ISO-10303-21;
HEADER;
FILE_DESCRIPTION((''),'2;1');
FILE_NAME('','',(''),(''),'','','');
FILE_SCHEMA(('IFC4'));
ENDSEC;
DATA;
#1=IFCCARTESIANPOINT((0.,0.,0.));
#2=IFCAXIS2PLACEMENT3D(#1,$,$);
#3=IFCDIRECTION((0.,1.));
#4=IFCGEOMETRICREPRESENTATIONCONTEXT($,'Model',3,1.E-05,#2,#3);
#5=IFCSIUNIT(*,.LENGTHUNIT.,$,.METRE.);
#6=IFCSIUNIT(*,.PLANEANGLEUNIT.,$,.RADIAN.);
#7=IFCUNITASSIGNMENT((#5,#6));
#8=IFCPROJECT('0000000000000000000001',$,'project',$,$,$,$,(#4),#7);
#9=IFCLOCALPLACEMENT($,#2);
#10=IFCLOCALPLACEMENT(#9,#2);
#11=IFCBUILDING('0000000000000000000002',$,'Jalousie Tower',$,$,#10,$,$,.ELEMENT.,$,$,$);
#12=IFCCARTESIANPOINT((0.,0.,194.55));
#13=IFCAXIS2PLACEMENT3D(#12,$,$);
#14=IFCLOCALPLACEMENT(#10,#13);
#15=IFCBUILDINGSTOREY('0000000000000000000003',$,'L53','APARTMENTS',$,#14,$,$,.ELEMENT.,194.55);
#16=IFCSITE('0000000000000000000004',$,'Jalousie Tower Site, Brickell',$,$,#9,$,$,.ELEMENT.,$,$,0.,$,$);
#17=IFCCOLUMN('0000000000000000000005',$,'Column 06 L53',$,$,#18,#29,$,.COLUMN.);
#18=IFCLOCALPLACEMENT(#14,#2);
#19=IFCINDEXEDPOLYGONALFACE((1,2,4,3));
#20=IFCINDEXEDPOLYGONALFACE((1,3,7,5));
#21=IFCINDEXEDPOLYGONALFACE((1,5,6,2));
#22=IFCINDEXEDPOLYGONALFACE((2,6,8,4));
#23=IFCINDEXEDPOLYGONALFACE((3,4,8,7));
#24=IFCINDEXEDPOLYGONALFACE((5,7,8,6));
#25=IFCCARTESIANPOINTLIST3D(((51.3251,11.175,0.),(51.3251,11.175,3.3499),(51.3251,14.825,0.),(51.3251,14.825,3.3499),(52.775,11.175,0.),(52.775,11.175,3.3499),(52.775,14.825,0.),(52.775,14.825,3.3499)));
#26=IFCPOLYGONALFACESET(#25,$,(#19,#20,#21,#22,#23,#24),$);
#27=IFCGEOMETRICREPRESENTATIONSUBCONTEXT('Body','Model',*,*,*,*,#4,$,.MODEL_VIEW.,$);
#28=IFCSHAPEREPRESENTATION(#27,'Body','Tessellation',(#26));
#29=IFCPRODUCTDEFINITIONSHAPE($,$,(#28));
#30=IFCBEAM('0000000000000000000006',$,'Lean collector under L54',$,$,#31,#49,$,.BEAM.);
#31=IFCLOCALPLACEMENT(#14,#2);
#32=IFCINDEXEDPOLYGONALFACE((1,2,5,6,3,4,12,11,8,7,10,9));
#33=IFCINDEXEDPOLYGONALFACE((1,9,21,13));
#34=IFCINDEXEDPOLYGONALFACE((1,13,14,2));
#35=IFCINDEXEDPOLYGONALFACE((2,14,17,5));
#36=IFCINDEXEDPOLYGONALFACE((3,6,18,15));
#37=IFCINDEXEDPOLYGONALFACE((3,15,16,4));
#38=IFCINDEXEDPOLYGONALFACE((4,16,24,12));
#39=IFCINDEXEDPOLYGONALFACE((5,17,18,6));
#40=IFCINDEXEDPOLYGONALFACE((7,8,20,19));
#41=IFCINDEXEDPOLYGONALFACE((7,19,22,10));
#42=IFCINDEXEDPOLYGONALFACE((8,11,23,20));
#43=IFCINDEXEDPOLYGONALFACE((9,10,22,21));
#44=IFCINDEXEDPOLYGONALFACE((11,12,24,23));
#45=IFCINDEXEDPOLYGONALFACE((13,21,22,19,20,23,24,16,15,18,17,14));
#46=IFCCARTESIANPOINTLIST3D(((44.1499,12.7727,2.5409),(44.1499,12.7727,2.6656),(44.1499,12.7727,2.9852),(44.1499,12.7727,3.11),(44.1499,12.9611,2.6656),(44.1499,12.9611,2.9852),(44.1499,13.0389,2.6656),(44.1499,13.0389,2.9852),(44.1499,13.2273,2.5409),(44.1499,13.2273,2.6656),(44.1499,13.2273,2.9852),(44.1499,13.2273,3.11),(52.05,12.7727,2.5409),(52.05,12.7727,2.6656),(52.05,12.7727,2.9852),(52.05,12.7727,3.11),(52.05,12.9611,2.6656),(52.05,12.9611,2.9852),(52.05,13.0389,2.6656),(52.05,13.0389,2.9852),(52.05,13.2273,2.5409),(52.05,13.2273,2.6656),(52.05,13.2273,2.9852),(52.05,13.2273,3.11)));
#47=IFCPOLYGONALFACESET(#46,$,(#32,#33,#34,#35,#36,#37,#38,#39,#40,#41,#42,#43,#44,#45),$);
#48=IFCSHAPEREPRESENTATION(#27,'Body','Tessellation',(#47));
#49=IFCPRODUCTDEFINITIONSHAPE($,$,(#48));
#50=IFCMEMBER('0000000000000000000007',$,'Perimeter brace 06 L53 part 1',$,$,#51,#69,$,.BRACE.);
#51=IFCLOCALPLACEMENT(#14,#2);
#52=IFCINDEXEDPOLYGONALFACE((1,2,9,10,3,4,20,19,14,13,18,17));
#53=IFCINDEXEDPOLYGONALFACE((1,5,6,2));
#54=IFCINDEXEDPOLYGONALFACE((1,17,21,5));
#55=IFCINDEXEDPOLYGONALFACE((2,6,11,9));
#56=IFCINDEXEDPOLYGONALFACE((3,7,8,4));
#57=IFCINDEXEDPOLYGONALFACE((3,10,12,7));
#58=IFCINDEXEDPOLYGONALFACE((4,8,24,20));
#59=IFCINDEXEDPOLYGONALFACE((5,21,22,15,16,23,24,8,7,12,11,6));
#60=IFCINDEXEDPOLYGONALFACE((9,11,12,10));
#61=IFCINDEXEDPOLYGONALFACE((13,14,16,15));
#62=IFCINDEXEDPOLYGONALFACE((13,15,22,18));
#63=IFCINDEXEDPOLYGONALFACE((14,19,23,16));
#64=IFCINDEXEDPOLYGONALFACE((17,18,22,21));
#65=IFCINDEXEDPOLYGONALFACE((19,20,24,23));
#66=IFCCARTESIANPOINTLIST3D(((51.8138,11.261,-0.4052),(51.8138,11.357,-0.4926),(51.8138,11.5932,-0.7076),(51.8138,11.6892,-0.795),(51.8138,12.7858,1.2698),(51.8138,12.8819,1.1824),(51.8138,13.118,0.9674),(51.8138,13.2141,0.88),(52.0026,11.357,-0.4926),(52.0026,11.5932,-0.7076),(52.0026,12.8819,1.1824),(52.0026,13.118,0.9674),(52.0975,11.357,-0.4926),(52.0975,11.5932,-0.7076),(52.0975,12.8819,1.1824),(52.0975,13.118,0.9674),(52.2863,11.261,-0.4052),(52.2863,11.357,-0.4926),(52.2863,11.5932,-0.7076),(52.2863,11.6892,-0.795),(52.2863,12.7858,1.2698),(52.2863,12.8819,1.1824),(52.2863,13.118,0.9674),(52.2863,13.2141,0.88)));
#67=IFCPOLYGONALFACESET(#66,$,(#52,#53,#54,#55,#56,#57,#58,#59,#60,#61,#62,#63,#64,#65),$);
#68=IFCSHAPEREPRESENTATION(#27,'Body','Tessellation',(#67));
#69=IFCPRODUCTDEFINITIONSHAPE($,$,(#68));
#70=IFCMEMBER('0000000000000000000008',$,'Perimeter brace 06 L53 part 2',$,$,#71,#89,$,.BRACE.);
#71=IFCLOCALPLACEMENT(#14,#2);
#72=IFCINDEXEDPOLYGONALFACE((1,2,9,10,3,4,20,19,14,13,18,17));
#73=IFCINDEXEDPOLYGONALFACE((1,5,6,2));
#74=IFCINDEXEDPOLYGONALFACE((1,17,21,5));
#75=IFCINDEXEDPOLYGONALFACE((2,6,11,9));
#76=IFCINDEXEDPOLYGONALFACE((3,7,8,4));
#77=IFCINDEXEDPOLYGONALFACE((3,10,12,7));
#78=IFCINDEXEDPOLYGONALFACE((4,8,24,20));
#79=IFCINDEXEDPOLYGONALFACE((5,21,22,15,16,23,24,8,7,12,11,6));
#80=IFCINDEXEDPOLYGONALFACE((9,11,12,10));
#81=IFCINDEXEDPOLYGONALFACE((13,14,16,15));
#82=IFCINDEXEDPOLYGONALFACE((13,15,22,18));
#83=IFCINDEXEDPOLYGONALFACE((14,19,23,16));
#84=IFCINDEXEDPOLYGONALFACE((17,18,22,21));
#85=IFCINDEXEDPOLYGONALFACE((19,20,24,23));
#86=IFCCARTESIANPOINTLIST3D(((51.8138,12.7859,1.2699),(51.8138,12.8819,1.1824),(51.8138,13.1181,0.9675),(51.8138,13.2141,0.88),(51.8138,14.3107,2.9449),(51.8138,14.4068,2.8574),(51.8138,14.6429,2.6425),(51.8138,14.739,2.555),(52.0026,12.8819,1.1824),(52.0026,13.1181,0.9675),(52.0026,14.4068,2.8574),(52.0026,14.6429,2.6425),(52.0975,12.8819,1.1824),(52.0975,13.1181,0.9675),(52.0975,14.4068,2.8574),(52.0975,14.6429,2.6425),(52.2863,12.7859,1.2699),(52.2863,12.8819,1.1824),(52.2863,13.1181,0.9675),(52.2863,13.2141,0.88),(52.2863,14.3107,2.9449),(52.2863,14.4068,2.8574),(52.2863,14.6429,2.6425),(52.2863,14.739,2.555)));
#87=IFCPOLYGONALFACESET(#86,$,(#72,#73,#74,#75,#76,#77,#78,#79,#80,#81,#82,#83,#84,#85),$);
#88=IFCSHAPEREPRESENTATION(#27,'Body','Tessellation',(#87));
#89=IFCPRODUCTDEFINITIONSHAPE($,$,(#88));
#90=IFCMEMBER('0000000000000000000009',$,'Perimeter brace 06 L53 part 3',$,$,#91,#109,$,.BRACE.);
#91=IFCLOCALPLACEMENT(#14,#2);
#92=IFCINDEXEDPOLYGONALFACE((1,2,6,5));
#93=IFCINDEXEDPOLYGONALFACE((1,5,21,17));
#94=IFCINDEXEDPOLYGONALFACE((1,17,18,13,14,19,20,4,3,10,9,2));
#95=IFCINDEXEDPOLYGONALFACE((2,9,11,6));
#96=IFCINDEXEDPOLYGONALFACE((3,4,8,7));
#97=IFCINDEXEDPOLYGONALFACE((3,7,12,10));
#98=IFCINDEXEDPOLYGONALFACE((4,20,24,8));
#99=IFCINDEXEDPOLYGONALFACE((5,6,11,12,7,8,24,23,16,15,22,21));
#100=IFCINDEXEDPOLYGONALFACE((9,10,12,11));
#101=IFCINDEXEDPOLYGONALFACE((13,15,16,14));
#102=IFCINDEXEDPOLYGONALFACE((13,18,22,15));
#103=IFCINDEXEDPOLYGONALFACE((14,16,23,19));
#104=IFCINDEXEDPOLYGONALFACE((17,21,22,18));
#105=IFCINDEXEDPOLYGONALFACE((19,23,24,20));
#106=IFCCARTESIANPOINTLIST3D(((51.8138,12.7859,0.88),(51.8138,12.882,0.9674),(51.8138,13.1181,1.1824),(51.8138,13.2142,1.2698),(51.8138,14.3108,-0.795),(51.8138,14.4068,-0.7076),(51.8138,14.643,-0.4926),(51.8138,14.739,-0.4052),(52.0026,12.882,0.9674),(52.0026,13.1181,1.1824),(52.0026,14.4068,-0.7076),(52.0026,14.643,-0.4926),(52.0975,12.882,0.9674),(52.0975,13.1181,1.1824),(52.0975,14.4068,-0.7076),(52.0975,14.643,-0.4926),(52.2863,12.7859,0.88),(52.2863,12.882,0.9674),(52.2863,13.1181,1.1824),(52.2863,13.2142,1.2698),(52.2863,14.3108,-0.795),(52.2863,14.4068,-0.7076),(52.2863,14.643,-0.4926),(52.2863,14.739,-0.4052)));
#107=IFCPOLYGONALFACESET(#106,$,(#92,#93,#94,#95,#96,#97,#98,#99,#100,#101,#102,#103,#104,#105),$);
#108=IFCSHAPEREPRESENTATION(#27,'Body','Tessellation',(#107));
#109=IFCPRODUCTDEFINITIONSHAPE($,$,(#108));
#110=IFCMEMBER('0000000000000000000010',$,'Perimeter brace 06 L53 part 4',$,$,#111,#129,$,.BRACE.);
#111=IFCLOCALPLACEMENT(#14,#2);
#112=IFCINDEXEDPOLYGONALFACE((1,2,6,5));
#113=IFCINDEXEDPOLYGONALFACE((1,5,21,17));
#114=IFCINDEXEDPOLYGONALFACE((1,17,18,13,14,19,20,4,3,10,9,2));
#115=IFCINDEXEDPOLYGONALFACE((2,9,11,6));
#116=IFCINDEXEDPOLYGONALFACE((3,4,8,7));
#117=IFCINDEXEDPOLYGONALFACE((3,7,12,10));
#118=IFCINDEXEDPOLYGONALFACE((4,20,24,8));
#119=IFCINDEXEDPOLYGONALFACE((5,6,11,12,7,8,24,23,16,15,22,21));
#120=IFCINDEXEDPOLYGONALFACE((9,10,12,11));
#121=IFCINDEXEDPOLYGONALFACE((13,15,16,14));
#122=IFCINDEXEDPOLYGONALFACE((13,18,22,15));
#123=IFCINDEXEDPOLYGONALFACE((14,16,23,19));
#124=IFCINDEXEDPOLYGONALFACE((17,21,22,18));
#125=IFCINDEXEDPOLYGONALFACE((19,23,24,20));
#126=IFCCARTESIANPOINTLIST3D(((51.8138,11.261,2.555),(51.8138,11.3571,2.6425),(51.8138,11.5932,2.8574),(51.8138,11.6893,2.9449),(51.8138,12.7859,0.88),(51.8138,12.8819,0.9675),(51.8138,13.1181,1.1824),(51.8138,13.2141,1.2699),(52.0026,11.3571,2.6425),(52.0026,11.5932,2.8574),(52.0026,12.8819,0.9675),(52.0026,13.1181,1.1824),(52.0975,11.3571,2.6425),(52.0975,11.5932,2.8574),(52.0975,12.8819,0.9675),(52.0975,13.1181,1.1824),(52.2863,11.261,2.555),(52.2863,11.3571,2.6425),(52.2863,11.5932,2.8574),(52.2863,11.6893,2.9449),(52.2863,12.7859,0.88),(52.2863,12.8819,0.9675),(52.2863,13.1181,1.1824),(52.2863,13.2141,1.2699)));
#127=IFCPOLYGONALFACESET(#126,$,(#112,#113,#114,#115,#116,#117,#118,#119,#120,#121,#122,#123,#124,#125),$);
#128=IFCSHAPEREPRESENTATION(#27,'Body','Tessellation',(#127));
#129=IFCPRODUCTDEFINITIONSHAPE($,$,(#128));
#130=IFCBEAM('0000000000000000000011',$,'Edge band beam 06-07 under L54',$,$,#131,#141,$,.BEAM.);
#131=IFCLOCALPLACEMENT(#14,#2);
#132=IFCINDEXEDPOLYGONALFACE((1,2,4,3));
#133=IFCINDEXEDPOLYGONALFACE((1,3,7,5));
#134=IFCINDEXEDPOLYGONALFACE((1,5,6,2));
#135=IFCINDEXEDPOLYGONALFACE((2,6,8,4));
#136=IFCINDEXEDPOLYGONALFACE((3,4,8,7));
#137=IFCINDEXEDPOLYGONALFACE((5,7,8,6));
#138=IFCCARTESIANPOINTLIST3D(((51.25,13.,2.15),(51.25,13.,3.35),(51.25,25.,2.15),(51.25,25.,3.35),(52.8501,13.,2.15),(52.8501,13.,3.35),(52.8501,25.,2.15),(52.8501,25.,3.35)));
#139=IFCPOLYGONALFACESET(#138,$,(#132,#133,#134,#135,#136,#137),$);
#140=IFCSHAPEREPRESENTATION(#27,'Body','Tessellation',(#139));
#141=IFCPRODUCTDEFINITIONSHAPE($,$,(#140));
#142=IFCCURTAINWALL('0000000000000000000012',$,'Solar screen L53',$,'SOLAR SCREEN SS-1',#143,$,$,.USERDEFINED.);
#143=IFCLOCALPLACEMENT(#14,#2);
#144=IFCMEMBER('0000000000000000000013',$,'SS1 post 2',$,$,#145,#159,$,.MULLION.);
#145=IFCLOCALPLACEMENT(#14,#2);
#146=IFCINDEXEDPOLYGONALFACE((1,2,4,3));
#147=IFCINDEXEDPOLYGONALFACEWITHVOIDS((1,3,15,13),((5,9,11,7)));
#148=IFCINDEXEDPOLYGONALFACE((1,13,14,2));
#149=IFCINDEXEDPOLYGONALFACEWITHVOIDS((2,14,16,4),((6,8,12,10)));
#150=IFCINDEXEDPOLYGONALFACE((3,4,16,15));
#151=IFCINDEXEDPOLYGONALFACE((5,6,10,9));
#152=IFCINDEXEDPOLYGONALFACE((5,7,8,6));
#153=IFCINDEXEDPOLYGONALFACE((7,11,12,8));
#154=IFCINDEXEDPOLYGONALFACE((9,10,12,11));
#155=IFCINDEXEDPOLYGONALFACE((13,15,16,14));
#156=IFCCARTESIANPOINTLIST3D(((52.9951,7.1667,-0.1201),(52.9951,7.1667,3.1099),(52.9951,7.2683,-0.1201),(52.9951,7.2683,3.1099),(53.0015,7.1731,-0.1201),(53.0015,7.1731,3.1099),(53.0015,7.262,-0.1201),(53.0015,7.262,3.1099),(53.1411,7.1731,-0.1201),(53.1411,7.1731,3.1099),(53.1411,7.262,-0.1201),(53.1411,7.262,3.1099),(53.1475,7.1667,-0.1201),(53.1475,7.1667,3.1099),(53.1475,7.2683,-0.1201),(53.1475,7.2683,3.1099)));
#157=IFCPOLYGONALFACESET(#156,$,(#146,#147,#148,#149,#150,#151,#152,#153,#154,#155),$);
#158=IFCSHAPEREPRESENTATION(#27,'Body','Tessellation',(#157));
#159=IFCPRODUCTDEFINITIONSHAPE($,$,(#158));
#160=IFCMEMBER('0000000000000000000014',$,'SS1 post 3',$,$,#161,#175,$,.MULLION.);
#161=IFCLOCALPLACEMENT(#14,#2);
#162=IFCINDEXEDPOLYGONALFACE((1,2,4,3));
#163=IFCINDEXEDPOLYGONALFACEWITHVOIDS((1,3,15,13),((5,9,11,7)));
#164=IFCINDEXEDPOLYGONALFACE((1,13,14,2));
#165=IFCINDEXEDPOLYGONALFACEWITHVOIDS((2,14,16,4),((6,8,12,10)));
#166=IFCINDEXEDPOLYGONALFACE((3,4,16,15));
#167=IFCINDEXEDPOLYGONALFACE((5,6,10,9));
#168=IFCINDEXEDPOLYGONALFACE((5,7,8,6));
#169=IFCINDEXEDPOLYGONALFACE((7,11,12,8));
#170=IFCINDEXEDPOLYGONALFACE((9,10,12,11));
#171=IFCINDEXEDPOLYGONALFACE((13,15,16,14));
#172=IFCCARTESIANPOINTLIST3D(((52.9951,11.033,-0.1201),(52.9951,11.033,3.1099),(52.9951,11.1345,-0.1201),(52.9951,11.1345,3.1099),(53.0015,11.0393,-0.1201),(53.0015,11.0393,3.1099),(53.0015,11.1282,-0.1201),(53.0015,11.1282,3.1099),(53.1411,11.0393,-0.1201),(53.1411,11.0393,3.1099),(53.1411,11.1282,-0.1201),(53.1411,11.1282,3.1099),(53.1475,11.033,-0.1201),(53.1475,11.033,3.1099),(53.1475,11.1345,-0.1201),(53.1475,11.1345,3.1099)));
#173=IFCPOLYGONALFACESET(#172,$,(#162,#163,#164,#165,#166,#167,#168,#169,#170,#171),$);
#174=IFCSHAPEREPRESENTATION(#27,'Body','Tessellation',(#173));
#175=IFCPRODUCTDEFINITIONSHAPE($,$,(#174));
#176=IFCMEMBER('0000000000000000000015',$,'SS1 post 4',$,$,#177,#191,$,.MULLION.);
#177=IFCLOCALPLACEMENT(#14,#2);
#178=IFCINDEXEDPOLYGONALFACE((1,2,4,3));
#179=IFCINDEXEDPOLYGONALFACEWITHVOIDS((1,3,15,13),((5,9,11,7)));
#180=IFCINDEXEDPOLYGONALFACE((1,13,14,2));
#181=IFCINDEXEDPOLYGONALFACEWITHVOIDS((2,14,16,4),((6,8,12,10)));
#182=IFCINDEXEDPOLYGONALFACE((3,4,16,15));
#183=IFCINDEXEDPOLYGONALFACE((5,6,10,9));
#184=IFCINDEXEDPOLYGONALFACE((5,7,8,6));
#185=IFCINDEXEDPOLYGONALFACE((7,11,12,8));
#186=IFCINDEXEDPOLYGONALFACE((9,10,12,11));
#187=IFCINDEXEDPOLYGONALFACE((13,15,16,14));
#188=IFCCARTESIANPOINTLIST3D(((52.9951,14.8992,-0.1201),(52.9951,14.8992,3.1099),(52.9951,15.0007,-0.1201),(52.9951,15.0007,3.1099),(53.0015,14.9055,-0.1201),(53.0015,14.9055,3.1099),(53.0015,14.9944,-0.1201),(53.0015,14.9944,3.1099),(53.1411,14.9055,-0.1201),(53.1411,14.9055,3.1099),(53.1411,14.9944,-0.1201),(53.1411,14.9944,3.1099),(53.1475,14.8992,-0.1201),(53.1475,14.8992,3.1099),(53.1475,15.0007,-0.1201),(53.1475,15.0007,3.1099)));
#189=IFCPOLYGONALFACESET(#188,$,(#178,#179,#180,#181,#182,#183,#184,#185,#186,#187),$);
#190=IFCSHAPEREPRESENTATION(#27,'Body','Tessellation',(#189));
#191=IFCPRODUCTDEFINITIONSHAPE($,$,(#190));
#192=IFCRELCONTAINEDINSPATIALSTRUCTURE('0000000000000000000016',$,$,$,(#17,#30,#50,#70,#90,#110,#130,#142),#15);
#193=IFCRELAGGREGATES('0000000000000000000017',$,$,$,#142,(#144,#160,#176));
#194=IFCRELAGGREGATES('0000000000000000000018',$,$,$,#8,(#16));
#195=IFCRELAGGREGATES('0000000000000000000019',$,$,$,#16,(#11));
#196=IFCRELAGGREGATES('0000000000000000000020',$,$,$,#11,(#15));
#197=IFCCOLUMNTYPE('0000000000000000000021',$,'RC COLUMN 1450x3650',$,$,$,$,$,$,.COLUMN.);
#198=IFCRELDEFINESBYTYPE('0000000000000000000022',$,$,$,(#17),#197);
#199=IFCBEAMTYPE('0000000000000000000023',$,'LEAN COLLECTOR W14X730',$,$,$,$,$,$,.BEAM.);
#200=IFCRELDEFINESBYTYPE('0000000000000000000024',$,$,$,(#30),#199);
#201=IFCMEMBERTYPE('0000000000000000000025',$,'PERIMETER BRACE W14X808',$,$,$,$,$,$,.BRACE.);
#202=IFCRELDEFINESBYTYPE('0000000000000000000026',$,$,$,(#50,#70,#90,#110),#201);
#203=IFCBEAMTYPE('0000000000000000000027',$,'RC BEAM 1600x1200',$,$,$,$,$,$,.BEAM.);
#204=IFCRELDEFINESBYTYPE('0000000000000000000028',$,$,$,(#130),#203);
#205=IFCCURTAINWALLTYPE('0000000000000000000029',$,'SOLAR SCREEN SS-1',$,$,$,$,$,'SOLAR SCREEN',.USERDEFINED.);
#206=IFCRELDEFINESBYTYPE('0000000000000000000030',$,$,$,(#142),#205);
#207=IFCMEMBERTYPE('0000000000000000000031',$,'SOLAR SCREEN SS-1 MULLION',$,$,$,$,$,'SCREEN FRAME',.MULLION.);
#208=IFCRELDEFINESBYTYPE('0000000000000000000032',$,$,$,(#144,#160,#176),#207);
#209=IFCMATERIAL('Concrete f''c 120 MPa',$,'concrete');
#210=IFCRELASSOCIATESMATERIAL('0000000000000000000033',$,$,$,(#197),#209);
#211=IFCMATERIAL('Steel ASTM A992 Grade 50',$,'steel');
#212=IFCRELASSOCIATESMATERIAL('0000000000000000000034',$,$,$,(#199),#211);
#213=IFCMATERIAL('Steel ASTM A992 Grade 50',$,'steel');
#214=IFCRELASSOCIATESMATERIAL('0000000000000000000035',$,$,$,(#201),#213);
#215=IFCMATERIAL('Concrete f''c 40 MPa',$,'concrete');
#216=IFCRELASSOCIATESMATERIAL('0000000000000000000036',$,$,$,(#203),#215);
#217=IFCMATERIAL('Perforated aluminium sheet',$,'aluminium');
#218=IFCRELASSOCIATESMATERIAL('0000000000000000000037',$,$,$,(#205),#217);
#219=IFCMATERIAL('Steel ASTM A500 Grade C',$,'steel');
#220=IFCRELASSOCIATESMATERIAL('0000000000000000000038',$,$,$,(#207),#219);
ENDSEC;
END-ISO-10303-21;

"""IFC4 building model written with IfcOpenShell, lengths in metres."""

from ifc_helpers import new_model, si_unit, direction, frame, origin, origin_2d, place, context, subcontext, project, spatial, rectangle, hollow_rectangle, i_section, extrude, material, material_profile, profile_set, type_object, element, aggregate, save


model = new_model("IFC4")

# Units and contexts
model_context = context("Model", 3, precision=1e-05, world=origin(), true_north=direction((0.0, 1.0)))
body_context = subcontext(model_context, "Body", "Model", "MODEL_VIEW")
ifc_project = project(units=[si_unit("LENGTHUNIT", "METRE"), si_unit("PLANEANGLEUNIT", "RADIAN")], contexts=[model_context])

# Site, building, storey
site_placement = place(None, origin())
site = spatial("IfcSite", under=ifc_project, at=site_placement, Name="Jalousie Tower Site, Brickell", CompositionType="ELEMENT", RefElevation=0.0)
building_placement = place(site_placement, origin())
building = spatial("IfcBuilding", under=site, at=building_placement, Name="Jalousie Tower", CompositionType="ELEMENT")
storey_placement = place(building_placement, frame((0.0, 0.0, 194.55)))
storey = spatial("IfcBuildingStorey", under=building, at=storey_placement, Name="L53", Description="APARTMENTS", CompositionType="ELEMENT", Elevation=194.55)

# Column
ifc_material_1 = material(Name="Concrete f'c 120 MPa", Category="concrete")
ifc_material_profile_1 = material_profile(ifc_material_1, rectangle(XDim=1.45, YDim=3.6499, at=origin_2d()), Name="RC 1450x3650")
ifc_profile_set_1 = profile_set([ifc_material_profile_1], Name="Concrete f'c 120 MPa")
column_type = type_object("IfcColumnType", Name="RC COLUMN 1450x3650", PredefinedType="COLUMN", material=ifc_profile_set_1)
column_placement = place(storey_placement, frame((52.05, 13.0, 0.0), z_axis=(0.0, 0.0, 1.0), x_axis=(1.0, 0.0, 0.0)))
element("IfcColumn", 1, at=column_placement, inside=storey, type_object=column_type, Name="Column 06 L53", PredefinedType="COLUMN", context=body_context, shape_type="SweptSolid", body=[
    extrude(rectangle(XDim=1.45, YDim=3.6499, at=origin_2d()), origin(), (0.0, 0.0, 1.0), 3.3499),
])

# Beam
ifc_material_2 = material(Name="Steel ASTM A992 Grade 50", Category="steel")
ifc_material_profile_2 = material_profile(ifc_material_2, i_section(OverallWidth=0.4546, OverallDepth=0.5691, WebThickness=0.0779, FlangeThickness=0.1248, at=origin_2d()), Name="W14X730")
ifc_profile_set_2 = profile_set([ifc_material_profile_2], Name="Steel ASTM A992 Grade 50")
beam_type_1 = type_object("IfcBeamType", Name="LEAN COLLECTOR W14X730", PredefinedType="BEAM", material=ifc_profile_set_2)
beam_1_placement = place(storey_placement, frame((52.05, 13.0, 2.8254), z_axis=(-1.0, 0.0, 0.0), x_axis=(0.0, -1.0, 0.0)))
element("IfcBeam", 2, at=beam_1_placement, inside=storey, type_object=beam_type_1, Name="Lean collector under L54", PredefinedType="BEAM", context=body_context, shape_type="SweptSolid", body=[
    extrude(i_section(OverallWidth=0.4546, OverallDepth=0.5691, WebThickness=0.0779, FlangeThickness=0.1248, at=origin_2d()), origin(), (0.0, 0.0, 1.0), 7.9001),
])

# Members
ifc_material_3 = material(Name="Steel ASTM A992 Grade 50", Category="steel")
ifc_material_profile_3 = material_profile(ifc_material_3, i_section(OverallWidth=0.4724, OverallDepth=0.5791, WebThickness=0.095, FlangeThickness=0.1299, at=origin_2d()), Name="W14X808")
ifc_profile_set_3 = profile_set([ifc_material_profile_3], Name="Steel ASTM A992 Grade 50")
member_type_1 = type_object("IfcMemberType", Name="PERIMETER BRACE W14X808", PredefinedType="BRACE", material=ifc_profile_set_3)
for number, where, z_axis, x_axis, name in (
    (3, (52.05, 11.4751, -0.6001), (0.0, 0.673188, 0.739472), (-1.0, 0.0, 0.0), "Perimeter brace 06 L53 part 1"),
    (4, (52.05, 13.0, 1.075), (0.0, 0.673188, 0.739472), (-1.0, 0.0, 0.0), "Perimeter brace 06 L53 part 2"),
    (5, (52.05, 14.5249, -0.6001), (0.0, -0.673188, 0.739472), (1.0, 0.0, 0.0), "Perimeter brace 06 L53 part 3"),
    (6, (52.05, 13.0, 1.075), (0.0, -0.673188, 0.739472), (1.0, 0.0, 0.0), "Perimeter brace 06 L53 part 4"),
):
    element("IfcMember", number, at=place(storey_placement, frame(where, z_axis=z_axis, x_axis=x_axis)), inside=storey, type_object=member_type_1, Name=name, PredefinedType="BRACE", context=body_context, shape_type="SweptSolid", body=[
        extrude(i_section(OverallWidth=0.4724, OverallDepth=0.5791, WebThickness=0.095, FlangeThickness=0.1299, at=origin_2d()), origin(), (0.0, 0.0, 1.0), 2.2651),
    ])

# Beam
ifc_material_4 = material(Name="Concrete f'c 40 MPa", Category="concrete")
ifc_material_profile_4 = material_profile(ifc_material_4, rectangle(XDim=1.6001, YDim=1.2, at=origin_2d()), Name="RC 1600x1200")
ifc_profile_set_4 = profile_set([ifc_material_profile_4], Name="Concrete f'c 40 MPa")
beam_type_2 = type_object("IfcBeamType", Name="RC BEAM 1600x1200", PredefinedType="BEAM", material=ifc_profile_set_4)
beam_2_placement = place(storey_placement, frame((52.05, 13.0, 2.75), z_axis=(0.0, 1.0, 0.0), x_axis=(-1.0, 0.0, 0.0)))
element("IfcBeam", 7, at=beam_2_placement, inside=storey, type_object=beam_type_2, Name="Edge band beam 06-07 under L54", PredefinedType="BEAM", context=body_context, shape_type="SweptSolid", body=[
    extrude(rectangle(XDim=1.6001, YDim=1.2, at=origin_2d()), origin(), (0.0, 0.0, 1.0), 12.0),
])

# Curtain wall, members
ifc_material_5 = material(Name="Perforated aluminium sheet", Category="aluminium")
curtain_wall_type = type_object("IfcCurtainWallType", Name="SOLAR SCREEN SS-1", ElementType="SOLAR SCREEN", PredefinedType="USERDEFINED", material=ifc_material_5)
curtain_wall_placement = place(storey_placement, origin())
curtain_wall = element("IfcCurtainWall", 8, at=curtain_wall_placement, inside=storey, type_object=curtain_wall_type, Name="Solar screen L53", ObjectType="SOLAR SCREEN SS-1", PredefinedType="USERDEFINED")
ifc_material_6 = material(Name="Steel ASTM A500 Grade C", Category="steel")
ifc_material_profile_5 = material_profile(ifc_material_6, hollow_rectangle(XDim=0.1016, YDim=0.1523, WallThickness=0.0063, at=origin_2d()), Name="HSS6X4X1/4")
ifc_profile_set_5 = profile_set([ifc_material_profile_5], Name="Steel ASTM A500 Grade C")
member_type_2 = type_object("IfcMemberType", Name="SOLAR SCREEN SS-1 MULLION", ElementType="SCREEN FRAME", PredefinedType="MULLION", material=ifc_profile_set_5)
member_1_placement = place(storey_placement, frame((53.0713, 7.2175, -0.1201), z_axis=(0.0, 0.0, 1.0), x_axis=(0.0, 1.0, 0.0)))
member_1 = element("IfcMember", 9, at=member_1_placement, type_object=member_type_2, Name="SS1 post 2", PredefinedType="MULLION", context=body_context, shape_type="SweptSolid", body=[
    extrude(hollow_rectangle(XDim=0.1016, YDim=0.1523, WallThickness=0.0063, at=origin_2d()), origin(), (0.0, 0.0, 1.0), 3.23),
])
member_2_placement = place(storey_placement, frame((53.0713, 11.0837, -0.1201), z_axis=(0.0, 0.0, 1.0), x_axis=(0.0, 1.0, 0.0)))
member_2 = element("IfcMember", 10, at=member_2_placement, type_object=member_type_2, Name="SS1 post 3", PredefinedType="MULLION", context=body_context, shape_type="SweptSolid", body=[
    extrude(hollow_rectangle(XDim=0.1016, YDim=0.1523, WallThickness=0.0063, at=origin_2d()), origin(), (0.0, 0.0, 1.0), 3.23),
])
member_3_placement = place(storey_placement, frame((53.0713, 14.95, -0.1201), z_axis=(0.0, 0.0, 1.0), x_axis=(0.0, 1.0, 0.0)))
member_3 = element("IfcMember", 11, at=member_3_placement, type_object=member_type_2, Name="SS1 post 4", PredefinedType="MULLION", context=body_context, shape_type="SweptSolid", body=[
    extrude(hollow_rectangle(XDim=0.1016, YDim=0.1523, WallThickness=0.0063, at=origin_2d()), origin(), (0.0, 0.0, 1.0), 3.23),
])
aggregate(curtain_wall, [member_1, member_2, member_3])

save(model, "model.ifc")
